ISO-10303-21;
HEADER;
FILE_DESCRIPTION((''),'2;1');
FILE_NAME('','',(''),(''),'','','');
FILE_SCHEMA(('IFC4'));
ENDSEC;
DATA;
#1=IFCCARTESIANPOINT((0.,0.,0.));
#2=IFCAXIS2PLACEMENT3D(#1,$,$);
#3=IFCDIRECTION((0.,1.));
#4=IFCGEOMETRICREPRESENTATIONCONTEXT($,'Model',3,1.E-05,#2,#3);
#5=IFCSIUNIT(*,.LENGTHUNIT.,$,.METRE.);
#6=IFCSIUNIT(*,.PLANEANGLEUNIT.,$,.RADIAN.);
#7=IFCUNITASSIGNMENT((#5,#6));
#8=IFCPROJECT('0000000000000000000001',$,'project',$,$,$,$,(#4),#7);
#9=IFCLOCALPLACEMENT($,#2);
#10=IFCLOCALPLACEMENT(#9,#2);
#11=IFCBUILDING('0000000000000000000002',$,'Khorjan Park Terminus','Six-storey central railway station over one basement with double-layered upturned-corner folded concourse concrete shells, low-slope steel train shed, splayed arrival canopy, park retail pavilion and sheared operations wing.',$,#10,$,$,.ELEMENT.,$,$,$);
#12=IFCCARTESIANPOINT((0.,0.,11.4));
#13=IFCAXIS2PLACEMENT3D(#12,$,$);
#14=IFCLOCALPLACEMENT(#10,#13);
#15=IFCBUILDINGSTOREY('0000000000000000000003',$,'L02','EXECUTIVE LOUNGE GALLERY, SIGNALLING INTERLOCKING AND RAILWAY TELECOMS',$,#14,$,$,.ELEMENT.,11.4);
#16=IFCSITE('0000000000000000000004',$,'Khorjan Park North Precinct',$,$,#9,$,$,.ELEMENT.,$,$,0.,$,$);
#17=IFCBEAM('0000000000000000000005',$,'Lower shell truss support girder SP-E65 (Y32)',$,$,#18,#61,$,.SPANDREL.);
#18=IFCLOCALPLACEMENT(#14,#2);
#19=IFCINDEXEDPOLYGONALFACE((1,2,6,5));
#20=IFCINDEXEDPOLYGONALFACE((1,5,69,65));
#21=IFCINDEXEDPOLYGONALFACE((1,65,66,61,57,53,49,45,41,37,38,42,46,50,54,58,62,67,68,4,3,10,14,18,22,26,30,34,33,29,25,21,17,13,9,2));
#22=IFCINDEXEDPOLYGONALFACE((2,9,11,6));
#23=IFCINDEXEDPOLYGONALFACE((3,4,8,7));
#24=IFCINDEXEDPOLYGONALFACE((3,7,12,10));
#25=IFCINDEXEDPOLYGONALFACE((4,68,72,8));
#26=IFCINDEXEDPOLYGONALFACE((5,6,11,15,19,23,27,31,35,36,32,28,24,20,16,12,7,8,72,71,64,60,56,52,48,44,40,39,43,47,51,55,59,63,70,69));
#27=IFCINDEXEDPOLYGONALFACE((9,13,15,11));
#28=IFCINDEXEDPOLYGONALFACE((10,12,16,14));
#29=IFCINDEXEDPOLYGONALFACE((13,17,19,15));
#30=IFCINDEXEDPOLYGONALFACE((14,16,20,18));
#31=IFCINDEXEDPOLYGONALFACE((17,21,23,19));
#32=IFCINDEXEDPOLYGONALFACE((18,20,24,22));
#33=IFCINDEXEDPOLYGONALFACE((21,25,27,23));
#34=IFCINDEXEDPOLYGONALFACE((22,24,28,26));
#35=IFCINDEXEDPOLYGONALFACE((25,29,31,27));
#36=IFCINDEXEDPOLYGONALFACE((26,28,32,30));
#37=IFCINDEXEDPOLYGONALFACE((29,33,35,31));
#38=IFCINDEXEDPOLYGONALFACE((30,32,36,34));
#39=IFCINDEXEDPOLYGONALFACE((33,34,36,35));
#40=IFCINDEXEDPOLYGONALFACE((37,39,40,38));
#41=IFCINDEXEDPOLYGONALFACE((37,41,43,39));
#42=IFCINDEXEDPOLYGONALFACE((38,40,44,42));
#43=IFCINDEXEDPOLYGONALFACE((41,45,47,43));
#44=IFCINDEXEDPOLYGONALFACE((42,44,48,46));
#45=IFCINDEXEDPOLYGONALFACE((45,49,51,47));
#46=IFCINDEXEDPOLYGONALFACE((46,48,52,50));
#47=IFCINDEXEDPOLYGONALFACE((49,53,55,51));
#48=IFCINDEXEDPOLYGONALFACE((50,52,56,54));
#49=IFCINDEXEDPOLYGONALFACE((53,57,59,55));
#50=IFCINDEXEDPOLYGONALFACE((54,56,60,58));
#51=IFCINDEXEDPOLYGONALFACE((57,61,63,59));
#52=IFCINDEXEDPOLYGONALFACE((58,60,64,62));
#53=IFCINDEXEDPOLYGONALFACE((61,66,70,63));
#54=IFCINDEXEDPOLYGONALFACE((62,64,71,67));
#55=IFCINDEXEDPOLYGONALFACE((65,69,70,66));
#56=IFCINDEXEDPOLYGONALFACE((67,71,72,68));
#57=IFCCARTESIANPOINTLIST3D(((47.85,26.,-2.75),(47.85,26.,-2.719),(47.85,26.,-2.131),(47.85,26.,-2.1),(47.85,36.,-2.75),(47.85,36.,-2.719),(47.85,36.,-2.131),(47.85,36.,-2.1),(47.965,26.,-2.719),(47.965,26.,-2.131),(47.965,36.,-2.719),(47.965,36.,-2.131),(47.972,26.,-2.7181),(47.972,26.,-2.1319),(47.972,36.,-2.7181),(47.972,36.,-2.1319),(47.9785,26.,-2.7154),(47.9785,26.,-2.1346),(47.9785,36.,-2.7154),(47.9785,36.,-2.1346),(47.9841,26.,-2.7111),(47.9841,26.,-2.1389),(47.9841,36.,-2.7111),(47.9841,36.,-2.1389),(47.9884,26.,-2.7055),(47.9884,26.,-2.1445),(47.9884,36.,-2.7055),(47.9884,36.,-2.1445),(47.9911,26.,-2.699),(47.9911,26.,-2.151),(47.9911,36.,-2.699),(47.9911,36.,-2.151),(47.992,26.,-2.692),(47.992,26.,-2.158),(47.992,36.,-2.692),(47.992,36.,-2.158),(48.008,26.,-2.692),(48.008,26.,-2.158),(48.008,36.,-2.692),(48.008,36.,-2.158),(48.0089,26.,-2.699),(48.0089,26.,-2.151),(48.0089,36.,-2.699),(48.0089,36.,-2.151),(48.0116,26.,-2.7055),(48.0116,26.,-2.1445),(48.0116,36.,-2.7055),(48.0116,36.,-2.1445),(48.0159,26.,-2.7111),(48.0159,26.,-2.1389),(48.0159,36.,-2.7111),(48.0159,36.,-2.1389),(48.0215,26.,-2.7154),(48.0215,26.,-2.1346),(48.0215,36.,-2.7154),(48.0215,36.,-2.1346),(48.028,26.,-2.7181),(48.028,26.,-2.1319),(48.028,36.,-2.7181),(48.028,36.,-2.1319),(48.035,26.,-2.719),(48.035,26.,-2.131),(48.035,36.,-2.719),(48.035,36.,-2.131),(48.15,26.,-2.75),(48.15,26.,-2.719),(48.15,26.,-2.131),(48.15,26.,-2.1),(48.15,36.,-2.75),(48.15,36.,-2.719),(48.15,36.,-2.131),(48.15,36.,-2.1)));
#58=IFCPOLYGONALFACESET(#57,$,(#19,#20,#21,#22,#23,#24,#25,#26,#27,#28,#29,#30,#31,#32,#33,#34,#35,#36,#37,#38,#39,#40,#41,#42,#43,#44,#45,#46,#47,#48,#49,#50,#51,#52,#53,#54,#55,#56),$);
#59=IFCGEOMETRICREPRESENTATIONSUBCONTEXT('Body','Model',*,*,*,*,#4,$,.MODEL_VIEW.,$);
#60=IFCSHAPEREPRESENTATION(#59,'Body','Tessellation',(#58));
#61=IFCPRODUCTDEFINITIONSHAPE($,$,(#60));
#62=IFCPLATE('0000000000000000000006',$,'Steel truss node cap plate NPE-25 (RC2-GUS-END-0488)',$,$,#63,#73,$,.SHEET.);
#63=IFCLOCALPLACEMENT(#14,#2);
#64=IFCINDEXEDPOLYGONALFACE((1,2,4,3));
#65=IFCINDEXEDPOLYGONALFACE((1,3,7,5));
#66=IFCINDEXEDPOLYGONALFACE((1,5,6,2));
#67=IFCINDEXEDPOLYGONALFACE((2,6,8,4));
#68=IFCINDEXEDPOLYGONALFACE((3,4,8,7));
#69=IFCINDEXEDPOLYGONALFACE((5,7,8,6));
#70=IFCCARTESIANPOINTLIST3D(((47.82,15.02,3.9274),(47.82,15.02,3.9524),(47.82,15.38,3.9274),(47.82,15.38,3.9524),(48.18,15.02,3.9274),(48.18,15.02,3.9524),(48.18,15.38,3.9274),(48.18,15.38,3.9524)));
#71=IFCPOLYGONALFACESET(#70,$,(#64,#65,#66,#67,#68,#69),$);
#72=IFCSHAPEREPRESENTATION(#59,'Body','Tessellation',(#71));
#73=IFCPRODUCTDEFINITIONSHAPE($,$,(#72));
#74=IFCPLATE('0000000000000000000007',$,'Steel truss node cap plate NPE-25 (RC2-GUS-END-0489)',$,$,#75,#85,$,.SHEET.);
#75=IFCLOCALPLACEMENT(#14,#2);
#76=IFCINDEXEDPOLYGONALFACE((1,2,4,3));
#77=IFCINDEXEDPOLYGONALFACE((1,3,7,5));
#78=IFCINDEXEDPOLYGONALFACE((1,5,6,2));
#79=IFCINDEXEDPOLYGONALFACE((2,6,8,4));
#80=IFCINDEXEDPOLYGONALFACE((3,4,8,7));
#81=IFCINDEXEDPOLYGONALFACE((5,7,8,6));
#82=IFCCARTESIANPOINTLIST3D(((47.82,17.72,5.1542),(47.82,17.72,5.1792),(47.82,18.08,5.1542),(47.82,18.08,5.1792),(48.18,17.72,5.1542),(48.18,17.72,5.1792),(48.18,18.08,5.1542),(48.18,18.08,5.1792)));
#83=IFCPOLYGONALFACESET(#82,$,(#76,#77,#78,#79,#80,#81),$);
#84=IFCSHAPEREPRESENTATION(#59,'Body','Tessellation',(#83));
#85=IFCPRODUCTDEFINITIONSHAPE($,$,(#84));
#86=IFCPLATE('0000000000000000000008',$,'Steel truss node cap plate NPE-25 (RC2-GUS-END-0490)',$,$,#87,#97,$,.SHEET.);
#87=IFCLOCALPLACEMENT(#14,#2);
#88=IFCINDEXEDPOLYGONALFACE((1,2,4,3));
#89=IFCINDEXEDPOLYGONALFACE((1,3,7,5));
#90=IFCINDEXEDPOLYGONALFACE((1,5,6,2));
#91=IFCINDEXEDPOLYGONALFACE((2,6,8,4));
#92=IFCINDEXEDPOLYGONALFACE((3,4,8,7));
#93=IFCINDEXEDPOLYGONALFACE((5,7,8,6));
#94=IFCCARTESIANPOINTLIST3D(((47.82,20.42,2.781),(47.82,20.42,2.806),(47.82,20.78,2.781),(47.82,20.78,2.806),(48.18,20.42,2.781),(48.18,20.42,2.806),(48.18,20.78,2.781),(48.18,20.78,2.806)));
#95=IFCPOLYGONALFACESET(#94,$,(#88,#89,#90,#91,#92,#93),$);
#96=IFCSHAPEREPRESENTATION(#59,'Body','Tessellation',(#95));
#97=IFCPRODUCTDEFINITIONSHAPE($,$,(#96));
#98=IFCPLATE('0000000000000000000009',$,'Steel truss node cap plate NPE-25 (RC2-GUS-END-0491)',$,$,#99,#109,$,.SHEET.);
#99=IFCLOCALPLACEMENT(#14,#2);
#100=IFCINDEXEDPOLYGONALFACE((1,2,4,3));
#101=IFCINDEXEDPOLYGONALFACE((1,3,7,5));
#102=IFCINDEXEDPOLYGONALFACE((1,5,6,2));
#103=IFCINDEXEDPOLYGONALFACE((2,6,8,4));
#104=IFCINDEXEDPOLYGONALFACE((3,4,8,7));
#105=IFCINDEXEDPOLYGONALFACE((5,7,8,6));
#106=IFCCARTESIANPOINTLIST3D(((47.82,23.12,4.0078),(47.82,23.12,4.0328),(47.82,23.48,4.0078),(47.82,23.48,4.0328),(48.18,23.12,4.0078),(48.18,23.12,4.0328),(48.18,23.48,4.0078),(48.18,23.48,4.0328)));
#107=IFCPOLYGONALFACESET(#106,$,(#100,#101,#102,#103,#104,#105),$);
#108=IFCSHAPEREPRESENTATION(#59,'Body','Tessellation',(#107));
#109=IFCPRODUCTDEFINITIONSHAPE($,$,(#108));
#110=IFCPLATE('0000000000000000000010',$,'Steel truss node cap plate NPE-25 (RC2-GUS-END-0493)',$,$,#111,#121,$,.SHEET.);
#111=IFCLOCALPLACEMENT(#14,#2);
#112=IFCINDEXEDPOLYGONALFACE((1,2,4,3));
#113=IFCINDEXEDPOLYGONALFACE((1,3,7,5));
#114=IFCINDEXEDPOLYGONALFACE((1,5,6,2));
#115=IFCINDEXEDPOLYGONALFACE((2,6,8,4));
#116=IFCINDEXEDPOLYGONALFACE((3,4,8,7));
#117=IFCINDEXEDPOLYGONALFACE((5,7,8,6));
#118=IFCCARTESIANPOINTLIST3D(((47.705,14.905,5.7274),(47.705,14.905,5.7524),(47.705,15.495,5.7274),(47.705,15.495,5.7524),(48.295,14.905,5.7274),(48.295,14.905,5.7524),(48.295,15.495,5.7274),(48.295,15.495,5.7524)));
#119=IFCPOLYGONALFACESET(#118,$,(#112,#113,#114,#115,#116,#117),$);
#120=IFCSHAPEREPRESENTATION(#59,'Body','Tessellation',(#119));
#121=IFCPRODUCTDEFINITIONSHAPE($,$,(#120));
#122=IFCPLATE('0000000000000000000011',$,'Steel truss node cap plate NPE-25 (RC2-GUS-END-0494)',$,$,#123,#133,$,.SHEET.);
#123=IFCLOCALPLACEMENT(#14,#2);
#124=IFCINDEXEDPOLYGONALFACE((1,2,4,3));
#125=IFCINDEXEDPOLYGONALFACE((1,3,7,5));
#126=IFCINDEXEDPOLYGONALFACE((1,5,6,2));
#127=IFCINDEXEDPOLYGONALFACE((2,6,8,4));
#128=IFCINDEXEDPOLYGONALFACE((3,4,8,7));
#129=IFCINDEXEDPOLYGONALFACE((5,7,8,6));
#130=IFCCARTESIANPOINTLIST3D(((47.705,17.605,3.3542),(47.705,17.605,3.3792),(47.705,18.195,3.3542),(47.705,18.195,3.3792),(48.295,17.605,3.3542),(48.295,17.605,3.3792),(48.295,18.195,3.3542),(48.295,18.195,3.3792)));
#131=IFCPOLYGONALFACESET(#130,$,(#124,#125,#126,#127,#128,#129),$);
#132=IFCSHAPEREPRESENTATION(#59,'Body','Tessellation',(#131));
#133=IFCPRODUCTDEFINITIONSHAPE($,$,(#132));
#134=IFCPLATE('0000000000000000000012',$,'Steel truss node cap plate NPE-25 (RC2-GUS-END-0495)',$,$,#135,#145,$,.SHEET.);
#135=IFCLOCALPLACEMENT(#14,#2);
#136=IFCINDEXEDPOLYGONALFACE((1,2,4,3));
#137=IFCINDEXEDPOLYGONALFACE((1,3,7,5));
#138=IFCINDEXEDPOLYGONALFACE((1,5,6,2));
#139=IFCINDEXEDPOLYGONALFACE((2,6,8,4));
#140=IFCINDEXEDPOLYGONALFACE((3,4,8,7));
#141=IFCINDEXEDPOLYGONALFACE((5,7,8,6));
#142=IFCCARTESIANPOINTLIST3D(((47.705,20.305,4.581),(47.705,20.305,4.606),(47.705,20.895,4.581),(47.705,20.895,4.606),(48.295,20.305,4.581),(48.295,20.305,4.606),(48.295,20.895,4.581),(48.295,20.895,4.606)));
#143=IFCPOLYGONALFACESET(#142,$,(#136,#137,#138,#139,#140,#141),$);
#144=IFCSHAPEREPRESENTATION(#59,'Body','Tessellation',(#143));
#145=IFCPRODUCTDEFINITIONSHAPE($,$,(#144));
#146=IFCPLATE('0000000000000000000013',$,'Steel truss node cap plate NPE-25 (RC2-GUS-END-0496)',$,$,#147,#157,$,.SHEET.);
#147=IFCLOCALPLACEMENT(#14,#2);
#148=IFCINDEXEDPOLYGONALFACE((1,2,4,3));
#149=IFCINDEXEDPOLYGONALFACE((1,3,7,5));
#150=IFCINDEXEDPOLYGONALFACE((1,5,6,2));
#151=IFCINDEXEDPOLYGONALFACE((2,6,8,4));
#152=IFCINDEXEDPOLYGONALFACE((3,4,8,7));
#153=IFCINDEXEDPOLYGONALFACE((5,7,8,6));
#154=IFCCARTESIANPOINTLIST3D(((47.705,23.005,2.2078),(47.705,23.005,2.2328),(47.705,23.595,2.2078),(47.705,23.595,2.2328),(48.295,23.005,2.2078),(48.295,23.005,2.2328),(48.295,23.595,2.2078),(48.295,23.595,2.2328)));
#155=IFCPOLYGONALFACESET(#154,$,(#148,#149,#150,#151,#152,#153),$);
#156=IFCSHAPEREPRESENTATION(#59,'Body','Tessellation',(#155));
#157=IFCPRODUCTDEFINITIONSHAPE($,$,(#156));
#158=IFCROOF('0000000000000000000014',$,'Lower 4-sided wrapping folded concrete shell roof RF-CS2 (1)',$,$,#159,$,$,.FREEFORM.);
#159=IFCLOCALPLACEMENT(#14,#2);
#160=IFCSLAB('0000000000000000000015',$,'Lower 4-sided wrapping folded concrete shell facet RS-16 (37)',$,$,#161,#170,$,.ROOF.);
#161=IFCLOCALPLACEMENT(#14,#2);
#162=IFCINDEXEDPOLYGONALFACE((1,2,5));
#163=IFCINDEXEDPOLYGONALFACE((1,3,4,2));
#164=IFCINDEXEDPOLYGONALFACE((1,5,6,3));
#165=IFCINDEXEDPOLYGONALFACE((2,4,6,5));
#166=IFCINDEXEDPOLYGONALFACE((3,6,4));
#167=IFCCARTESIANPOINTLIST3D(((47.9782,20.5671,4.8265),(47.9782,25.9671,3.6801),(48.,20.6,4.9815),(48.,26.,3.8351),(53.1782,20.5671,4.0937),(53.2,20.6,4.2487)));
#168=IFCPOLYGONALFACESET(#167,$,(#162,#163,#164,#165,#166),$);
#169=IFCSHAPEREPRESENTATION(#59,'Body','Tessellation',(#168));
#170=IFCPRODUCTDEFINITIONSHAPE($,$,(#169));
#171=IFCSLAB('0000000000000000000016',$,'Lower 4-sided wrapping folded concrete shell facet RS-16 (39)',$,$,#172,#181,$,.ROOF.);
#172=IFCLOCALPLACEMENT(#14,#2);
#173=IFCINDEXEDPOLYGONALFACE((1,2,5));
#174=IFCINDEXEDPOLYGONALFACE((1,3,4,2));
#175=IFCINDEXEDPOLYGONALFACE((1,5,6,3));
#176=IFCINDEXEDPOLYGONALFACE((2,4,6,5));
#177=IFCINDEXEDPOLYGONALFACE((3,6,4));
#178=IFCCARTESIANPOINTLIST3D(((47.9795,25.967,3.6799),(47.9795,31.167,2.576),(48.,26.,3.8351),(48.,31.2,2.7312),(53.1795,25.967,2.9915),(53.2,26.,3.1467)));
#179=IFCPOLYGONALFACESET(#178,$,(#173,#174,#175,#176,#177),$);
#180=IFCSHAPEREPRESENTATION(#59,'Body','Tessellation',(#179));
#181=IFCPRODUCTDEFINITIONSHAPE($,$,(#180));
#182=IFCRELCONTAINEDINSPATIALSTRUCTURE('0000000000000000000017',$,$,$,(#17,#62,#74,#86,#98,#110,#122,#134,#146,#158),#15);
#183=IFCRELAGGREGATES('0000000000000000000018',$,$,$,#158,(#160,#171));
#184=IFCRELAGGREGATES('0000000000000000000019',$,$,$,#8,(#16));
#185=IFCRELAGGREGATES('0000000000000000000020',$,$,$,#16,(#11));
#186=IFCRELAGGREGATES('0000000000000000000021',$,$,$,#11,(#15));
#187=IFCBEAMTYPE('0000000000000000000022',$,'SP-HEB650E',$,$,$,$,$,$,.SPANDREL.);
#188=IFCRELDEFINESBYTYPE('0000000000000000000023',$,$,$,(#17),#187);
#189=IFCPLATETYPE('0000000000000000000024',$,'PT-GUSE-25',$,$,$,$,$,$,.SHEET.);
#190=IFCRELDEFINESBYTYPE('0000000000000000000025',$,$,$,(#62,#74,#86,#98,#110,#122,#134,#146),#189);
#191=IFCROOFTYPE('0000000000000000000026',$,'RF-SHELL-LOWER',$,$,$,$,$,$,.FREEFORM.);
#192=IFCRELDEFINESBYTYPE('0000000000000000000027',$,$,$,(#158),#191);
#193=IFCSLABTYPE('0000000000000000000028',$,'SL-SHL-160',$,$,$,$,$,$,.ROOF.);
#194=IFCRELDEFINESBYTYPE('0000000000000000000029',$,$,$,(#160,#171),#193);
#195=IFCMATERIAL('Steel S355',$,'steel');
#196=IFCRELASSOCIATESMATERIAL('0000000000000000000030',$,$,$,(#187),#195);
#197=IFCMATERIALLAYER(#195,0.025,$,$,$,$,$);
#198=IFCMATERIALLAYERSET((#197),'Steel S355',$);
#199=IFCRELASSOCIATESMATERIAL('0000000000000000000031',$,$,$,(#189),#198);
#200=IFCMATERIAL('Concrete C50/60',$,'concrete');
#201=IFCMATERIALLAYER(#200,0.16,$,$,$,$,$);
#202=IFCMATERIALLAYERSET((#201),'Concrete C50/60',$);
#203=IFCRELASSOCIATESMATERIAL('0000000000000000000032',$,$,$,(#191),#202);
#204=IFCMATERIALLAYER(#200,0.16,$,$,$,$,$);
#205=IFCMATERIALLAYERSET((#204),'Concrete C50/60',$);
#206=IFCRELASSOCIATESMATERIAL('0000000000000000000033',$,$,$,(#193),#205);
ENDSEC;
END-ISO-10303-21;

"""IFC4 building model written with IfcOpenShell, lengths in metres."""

from ifc_helpers import new_model, si_unit, direction, frame, origin, origin_2d, place, context, subcontext, project, spatial, polyline, rectangle, i_section, outline, extrude, material, layer, layer_set, material_profile, profile_set, type_object, element, aggregate, save


model = new_model("IFC4")

# Units and contexts
model_context = context("Model", 3, precision=1e-05, world=origin(), true_north=direction((0.0, 1.0)))
body_context = subcontext(model_context, "Body", "Model", "MODEL_VIEW")
ifc_project = project(units=[si_unit("LENGTHUNIT", "METRE"), si_unit("PLANEANGLEUNIT", "RADIAN")], contexts=[model_context])

# Site, building, storey
site_placement = place(None, origin())
site = spatial("IfcSite", under=ifc_project, at=site_placement, Name="Khorjan Park North Precinct", CompositionType="ELEMENT", RefElevation=0.0)
building_placement = place(site_placement, origin())
building = spatial("IfcBuilding", under=site, at=building_placement, Name="Khorjan Park Terminus", Description="Six-storey central railway station over one basement with double-layered upturned-corner folded concourse concrete shells, low-slope steel train shed, splayed arrival canopy, park retail pavilion and sheared operations wing.", CompositionType="ELEMENT")
storey_placement = place(building_placement, frame((0.0, 0.0, 11.4)))
storey = spatial("IfcBuildingStorey", under=building, at=storey_placement, Name="L02", Description="EXECUTIVE LOUNGE GALLERY, SIGNALLING INTERLOCKING AND RAILWAY TELECOMS", CompositionType="ELEMENT", Elevation=11.4)

# Shared definitions
ifc_material_1 = material(Name="Concrete C50/60", Category="concrete")

# Shared definitions
ifc_material_2 = material(Name="Steel S355", Category="steel")

# Beam
ifc_material_profile_1 = material_profile(ifc_material_2, i_section(OverallWidth=0.3, OverallDepth=0.65, WebThickness=0.016, FlangeThickness=0.031, FilletRadius=0.027, at=origin_2d()), Name="HEB 650")
ifc_profile_set_1 = profile_set([ifc_material_profile_1], Name="Steel S355")
beam_type = type_object("IfcBeamType", Name="SP-HEB650E", PredefinedType="SPANDREL", material=ifc_profile_set_1)
beam_1_placement = place(storey_placement, frame((48.0, 26.0, -2.425), z_axis=(0.0, 1.0, 0.0), x_axis=(-1.0, 0.0, 0.0)))
element("IfcBeam", 1, at=beam_1_placement, inside=storey, type_object=beam_type, Name="Lower shell truss support girder SP-E65 (Y32)", PredefinedType="SPANDREL", context=body_context, shape_type="SweptSolid", body=[
    extrude(i_section(OverallWidth=0.3, OverallDepth=0.65, WebThickness=0.016, FlangeThickness=0.031, FilletRadius=0.027, at=origin_2d()), origin(), (0.0, 0.0, 1.0), 10.0),
])

# Plates
ifc_layer_1 = layer(ifc_material_2, 0.025)
ifc_layer_set_1 = layer_set([ifc_layer_1], Name="Steel S355")
plate_type = type_object("IfcPlateType", Name="PT-GUSE-25", PredefinedType="SHEET", material=ifc_layer_set_1)
for number, where, z_axis, x_axis, name in (
    (2, (48.0, 15.2, 3.9274), (0.0, 0.0, 1.0), (1.0, 0.0, 0.0), "Steel truss node cap plate NPE-25 (RC2-GUS-END-0488)"),
    (3, (48.0, 17.9, 5.1542), (0.0, 0.0, 1.0), (1.0, 0.0, 0.0), "Steel truss node cap plate NPE-25 (RC2-GUS-END-0489)"),
    (4, (48.0, 20.6, 2.781), (0.0, 0.0, 1.0), (1.0, 0.0, 0.0), "Steel truss node cap plate NPE-25 (RC2-GUS-END-0490)"),
    (5, (48.0, 23.3, 4.0078), (0.0, 0.0, 1.0), (1.0, 0.0, 0.0), "Steel truss node cap plate NPE-25 (RC2-GUS-END-0491)"),
):
    element("IfcPlate", number, at=place(storey_placement, frame(where, z_axis=z_axis, x_axis=x_axis)), inside=storey, type_object=plate_type, Name=name, PredefinedType="SHEET", context=body_context, shape_type="SweptSolid", body=[
        extrude(rectangle(XDim=0.36, YDim=0.36, at=origin_2d()), origin(), (0.0, 0.0, 1.0), 0.025),
    ])
for number, where, z_axis, x_axis, name in (
    (6, (48.0, 15.2, 5.7274), (0.0, 0.0, 1.0), (1.0, 0.0, 0.0), "Steel truss node cap plate NPE-25 (RC2-GUS-END-0493)"),
    (7, (48.0, 17.9, 3.3542), (0.0, 0.0, 1.0), (1.0, 0.0, 0.0), "Steel truss node cap plate NPE-25 (RC2-GUS-END-0494)"),
    (8, (48.0, 20.6, 4.581), (0.0, 0.0, 1.0), (1.0, 0.0, 0.0), "Steel truss node cap plate NPE-25 (RC2-GUS-END-0495)"),
    (9, (48.0, 23.3, 2.2078), (0.0, 0.0, 1.0), (1.0, 0.0, 0.0), "Steel truss node cap plate NPE-25 (RC2-GUS-END-0496)"),
):
    element("IfcPlate", number, at=place(storey_placement, frame(where, z_axis=z_axis, x_axis=x_axis)), inside=storey, type_object=plate_type, Name=name, PredefinedType="SHEET", context=body_context, shape_type="SweptSolid", body=[
        extrude(rectangle(XDim=0.59, YDim=0.59, at=origin_2d()), origin(), (0.0, 0.0, 1.0), 0.025),
    ])

# Roof, slabs
ifc_layer_2 = layer(ifc_material_1, 0.16)
ifc_layer_set_2 = layer_set([ifc_layer_2], Name="Concrete C50/60")
roof_type = type_object("IfcRoofType", Name="RF-SHELL-LOWER", PredefinedType="FREEFORM", material=ifc_layer_set_2)
roof_placement = place(storey_placement, origin())
roof = element("IfcRoof", 10, at=roof_placement, inside=storey, type_object=roof_type, Name="Lower 4-sided wrapping folded concrete shell roof RF-CS2 (1)", PredefinedType="FREEFORM")
ifc_layer_3 = layer(ifc_material_1, 0.16)
ifc_layer_set_3 = layer_set([ifc_layer_3], Name="Concrete C50/60")
slab_type = type_object("IfcSlabType", Name="SL-SHL-160", PredefinedType="ROOF", material=ifc_layer_set_3)
slab_1_placement = place(storey_placement, frame((48.0, 20.6, 4.9815), z_axis=(0.136559, 0.205723, 0.969035), x_axis=(0.990216, 0.0, -0.139544)))
slab_1 = element("IfcSlab", 11, at=slab_1_placement, type_object=slab_type, Name="Lower 4-sided wrapping folded concrete shell facet RS-16 (37)", PredefinedType="ROOF", context=body_context, shape_type="SweptSolid", body=[
    extrude(outline(polyline([(0.0, 0.0), (5.2514, 0.0), (0.16, 5.518), (0.0, 0.0)])), origin(), (0.0, 0.0, -1.0), 0.16),
])
slab_2_placement = place(storey_placement, frame((48.0, 26.0, 3.8351), z_axis=(0.128426, 0.205941, 0.9701), x_axis=(0.991351, 0.0, -0.13124)))
slab_2 = element("IfcSlab", 12, at=slab_2_placement, type_object=slab_type, Name="Lower 4-sided wrapping folded concrete shell facet RS-16 (39)", PredefinedType="ROOF", context=body_context, shape_type="SweptSolid", body=[
    extrude(outline(polyline([(0.0, 0.0), (5.2454, 0.0), (0.1449, 5.3139), (0.0, 0.0)])), origin(), (0.0, 0.0, -1.0), 0.16),
])
aggregate(roof, [slab_1, slab_2])

save(model, "model.ifc")
